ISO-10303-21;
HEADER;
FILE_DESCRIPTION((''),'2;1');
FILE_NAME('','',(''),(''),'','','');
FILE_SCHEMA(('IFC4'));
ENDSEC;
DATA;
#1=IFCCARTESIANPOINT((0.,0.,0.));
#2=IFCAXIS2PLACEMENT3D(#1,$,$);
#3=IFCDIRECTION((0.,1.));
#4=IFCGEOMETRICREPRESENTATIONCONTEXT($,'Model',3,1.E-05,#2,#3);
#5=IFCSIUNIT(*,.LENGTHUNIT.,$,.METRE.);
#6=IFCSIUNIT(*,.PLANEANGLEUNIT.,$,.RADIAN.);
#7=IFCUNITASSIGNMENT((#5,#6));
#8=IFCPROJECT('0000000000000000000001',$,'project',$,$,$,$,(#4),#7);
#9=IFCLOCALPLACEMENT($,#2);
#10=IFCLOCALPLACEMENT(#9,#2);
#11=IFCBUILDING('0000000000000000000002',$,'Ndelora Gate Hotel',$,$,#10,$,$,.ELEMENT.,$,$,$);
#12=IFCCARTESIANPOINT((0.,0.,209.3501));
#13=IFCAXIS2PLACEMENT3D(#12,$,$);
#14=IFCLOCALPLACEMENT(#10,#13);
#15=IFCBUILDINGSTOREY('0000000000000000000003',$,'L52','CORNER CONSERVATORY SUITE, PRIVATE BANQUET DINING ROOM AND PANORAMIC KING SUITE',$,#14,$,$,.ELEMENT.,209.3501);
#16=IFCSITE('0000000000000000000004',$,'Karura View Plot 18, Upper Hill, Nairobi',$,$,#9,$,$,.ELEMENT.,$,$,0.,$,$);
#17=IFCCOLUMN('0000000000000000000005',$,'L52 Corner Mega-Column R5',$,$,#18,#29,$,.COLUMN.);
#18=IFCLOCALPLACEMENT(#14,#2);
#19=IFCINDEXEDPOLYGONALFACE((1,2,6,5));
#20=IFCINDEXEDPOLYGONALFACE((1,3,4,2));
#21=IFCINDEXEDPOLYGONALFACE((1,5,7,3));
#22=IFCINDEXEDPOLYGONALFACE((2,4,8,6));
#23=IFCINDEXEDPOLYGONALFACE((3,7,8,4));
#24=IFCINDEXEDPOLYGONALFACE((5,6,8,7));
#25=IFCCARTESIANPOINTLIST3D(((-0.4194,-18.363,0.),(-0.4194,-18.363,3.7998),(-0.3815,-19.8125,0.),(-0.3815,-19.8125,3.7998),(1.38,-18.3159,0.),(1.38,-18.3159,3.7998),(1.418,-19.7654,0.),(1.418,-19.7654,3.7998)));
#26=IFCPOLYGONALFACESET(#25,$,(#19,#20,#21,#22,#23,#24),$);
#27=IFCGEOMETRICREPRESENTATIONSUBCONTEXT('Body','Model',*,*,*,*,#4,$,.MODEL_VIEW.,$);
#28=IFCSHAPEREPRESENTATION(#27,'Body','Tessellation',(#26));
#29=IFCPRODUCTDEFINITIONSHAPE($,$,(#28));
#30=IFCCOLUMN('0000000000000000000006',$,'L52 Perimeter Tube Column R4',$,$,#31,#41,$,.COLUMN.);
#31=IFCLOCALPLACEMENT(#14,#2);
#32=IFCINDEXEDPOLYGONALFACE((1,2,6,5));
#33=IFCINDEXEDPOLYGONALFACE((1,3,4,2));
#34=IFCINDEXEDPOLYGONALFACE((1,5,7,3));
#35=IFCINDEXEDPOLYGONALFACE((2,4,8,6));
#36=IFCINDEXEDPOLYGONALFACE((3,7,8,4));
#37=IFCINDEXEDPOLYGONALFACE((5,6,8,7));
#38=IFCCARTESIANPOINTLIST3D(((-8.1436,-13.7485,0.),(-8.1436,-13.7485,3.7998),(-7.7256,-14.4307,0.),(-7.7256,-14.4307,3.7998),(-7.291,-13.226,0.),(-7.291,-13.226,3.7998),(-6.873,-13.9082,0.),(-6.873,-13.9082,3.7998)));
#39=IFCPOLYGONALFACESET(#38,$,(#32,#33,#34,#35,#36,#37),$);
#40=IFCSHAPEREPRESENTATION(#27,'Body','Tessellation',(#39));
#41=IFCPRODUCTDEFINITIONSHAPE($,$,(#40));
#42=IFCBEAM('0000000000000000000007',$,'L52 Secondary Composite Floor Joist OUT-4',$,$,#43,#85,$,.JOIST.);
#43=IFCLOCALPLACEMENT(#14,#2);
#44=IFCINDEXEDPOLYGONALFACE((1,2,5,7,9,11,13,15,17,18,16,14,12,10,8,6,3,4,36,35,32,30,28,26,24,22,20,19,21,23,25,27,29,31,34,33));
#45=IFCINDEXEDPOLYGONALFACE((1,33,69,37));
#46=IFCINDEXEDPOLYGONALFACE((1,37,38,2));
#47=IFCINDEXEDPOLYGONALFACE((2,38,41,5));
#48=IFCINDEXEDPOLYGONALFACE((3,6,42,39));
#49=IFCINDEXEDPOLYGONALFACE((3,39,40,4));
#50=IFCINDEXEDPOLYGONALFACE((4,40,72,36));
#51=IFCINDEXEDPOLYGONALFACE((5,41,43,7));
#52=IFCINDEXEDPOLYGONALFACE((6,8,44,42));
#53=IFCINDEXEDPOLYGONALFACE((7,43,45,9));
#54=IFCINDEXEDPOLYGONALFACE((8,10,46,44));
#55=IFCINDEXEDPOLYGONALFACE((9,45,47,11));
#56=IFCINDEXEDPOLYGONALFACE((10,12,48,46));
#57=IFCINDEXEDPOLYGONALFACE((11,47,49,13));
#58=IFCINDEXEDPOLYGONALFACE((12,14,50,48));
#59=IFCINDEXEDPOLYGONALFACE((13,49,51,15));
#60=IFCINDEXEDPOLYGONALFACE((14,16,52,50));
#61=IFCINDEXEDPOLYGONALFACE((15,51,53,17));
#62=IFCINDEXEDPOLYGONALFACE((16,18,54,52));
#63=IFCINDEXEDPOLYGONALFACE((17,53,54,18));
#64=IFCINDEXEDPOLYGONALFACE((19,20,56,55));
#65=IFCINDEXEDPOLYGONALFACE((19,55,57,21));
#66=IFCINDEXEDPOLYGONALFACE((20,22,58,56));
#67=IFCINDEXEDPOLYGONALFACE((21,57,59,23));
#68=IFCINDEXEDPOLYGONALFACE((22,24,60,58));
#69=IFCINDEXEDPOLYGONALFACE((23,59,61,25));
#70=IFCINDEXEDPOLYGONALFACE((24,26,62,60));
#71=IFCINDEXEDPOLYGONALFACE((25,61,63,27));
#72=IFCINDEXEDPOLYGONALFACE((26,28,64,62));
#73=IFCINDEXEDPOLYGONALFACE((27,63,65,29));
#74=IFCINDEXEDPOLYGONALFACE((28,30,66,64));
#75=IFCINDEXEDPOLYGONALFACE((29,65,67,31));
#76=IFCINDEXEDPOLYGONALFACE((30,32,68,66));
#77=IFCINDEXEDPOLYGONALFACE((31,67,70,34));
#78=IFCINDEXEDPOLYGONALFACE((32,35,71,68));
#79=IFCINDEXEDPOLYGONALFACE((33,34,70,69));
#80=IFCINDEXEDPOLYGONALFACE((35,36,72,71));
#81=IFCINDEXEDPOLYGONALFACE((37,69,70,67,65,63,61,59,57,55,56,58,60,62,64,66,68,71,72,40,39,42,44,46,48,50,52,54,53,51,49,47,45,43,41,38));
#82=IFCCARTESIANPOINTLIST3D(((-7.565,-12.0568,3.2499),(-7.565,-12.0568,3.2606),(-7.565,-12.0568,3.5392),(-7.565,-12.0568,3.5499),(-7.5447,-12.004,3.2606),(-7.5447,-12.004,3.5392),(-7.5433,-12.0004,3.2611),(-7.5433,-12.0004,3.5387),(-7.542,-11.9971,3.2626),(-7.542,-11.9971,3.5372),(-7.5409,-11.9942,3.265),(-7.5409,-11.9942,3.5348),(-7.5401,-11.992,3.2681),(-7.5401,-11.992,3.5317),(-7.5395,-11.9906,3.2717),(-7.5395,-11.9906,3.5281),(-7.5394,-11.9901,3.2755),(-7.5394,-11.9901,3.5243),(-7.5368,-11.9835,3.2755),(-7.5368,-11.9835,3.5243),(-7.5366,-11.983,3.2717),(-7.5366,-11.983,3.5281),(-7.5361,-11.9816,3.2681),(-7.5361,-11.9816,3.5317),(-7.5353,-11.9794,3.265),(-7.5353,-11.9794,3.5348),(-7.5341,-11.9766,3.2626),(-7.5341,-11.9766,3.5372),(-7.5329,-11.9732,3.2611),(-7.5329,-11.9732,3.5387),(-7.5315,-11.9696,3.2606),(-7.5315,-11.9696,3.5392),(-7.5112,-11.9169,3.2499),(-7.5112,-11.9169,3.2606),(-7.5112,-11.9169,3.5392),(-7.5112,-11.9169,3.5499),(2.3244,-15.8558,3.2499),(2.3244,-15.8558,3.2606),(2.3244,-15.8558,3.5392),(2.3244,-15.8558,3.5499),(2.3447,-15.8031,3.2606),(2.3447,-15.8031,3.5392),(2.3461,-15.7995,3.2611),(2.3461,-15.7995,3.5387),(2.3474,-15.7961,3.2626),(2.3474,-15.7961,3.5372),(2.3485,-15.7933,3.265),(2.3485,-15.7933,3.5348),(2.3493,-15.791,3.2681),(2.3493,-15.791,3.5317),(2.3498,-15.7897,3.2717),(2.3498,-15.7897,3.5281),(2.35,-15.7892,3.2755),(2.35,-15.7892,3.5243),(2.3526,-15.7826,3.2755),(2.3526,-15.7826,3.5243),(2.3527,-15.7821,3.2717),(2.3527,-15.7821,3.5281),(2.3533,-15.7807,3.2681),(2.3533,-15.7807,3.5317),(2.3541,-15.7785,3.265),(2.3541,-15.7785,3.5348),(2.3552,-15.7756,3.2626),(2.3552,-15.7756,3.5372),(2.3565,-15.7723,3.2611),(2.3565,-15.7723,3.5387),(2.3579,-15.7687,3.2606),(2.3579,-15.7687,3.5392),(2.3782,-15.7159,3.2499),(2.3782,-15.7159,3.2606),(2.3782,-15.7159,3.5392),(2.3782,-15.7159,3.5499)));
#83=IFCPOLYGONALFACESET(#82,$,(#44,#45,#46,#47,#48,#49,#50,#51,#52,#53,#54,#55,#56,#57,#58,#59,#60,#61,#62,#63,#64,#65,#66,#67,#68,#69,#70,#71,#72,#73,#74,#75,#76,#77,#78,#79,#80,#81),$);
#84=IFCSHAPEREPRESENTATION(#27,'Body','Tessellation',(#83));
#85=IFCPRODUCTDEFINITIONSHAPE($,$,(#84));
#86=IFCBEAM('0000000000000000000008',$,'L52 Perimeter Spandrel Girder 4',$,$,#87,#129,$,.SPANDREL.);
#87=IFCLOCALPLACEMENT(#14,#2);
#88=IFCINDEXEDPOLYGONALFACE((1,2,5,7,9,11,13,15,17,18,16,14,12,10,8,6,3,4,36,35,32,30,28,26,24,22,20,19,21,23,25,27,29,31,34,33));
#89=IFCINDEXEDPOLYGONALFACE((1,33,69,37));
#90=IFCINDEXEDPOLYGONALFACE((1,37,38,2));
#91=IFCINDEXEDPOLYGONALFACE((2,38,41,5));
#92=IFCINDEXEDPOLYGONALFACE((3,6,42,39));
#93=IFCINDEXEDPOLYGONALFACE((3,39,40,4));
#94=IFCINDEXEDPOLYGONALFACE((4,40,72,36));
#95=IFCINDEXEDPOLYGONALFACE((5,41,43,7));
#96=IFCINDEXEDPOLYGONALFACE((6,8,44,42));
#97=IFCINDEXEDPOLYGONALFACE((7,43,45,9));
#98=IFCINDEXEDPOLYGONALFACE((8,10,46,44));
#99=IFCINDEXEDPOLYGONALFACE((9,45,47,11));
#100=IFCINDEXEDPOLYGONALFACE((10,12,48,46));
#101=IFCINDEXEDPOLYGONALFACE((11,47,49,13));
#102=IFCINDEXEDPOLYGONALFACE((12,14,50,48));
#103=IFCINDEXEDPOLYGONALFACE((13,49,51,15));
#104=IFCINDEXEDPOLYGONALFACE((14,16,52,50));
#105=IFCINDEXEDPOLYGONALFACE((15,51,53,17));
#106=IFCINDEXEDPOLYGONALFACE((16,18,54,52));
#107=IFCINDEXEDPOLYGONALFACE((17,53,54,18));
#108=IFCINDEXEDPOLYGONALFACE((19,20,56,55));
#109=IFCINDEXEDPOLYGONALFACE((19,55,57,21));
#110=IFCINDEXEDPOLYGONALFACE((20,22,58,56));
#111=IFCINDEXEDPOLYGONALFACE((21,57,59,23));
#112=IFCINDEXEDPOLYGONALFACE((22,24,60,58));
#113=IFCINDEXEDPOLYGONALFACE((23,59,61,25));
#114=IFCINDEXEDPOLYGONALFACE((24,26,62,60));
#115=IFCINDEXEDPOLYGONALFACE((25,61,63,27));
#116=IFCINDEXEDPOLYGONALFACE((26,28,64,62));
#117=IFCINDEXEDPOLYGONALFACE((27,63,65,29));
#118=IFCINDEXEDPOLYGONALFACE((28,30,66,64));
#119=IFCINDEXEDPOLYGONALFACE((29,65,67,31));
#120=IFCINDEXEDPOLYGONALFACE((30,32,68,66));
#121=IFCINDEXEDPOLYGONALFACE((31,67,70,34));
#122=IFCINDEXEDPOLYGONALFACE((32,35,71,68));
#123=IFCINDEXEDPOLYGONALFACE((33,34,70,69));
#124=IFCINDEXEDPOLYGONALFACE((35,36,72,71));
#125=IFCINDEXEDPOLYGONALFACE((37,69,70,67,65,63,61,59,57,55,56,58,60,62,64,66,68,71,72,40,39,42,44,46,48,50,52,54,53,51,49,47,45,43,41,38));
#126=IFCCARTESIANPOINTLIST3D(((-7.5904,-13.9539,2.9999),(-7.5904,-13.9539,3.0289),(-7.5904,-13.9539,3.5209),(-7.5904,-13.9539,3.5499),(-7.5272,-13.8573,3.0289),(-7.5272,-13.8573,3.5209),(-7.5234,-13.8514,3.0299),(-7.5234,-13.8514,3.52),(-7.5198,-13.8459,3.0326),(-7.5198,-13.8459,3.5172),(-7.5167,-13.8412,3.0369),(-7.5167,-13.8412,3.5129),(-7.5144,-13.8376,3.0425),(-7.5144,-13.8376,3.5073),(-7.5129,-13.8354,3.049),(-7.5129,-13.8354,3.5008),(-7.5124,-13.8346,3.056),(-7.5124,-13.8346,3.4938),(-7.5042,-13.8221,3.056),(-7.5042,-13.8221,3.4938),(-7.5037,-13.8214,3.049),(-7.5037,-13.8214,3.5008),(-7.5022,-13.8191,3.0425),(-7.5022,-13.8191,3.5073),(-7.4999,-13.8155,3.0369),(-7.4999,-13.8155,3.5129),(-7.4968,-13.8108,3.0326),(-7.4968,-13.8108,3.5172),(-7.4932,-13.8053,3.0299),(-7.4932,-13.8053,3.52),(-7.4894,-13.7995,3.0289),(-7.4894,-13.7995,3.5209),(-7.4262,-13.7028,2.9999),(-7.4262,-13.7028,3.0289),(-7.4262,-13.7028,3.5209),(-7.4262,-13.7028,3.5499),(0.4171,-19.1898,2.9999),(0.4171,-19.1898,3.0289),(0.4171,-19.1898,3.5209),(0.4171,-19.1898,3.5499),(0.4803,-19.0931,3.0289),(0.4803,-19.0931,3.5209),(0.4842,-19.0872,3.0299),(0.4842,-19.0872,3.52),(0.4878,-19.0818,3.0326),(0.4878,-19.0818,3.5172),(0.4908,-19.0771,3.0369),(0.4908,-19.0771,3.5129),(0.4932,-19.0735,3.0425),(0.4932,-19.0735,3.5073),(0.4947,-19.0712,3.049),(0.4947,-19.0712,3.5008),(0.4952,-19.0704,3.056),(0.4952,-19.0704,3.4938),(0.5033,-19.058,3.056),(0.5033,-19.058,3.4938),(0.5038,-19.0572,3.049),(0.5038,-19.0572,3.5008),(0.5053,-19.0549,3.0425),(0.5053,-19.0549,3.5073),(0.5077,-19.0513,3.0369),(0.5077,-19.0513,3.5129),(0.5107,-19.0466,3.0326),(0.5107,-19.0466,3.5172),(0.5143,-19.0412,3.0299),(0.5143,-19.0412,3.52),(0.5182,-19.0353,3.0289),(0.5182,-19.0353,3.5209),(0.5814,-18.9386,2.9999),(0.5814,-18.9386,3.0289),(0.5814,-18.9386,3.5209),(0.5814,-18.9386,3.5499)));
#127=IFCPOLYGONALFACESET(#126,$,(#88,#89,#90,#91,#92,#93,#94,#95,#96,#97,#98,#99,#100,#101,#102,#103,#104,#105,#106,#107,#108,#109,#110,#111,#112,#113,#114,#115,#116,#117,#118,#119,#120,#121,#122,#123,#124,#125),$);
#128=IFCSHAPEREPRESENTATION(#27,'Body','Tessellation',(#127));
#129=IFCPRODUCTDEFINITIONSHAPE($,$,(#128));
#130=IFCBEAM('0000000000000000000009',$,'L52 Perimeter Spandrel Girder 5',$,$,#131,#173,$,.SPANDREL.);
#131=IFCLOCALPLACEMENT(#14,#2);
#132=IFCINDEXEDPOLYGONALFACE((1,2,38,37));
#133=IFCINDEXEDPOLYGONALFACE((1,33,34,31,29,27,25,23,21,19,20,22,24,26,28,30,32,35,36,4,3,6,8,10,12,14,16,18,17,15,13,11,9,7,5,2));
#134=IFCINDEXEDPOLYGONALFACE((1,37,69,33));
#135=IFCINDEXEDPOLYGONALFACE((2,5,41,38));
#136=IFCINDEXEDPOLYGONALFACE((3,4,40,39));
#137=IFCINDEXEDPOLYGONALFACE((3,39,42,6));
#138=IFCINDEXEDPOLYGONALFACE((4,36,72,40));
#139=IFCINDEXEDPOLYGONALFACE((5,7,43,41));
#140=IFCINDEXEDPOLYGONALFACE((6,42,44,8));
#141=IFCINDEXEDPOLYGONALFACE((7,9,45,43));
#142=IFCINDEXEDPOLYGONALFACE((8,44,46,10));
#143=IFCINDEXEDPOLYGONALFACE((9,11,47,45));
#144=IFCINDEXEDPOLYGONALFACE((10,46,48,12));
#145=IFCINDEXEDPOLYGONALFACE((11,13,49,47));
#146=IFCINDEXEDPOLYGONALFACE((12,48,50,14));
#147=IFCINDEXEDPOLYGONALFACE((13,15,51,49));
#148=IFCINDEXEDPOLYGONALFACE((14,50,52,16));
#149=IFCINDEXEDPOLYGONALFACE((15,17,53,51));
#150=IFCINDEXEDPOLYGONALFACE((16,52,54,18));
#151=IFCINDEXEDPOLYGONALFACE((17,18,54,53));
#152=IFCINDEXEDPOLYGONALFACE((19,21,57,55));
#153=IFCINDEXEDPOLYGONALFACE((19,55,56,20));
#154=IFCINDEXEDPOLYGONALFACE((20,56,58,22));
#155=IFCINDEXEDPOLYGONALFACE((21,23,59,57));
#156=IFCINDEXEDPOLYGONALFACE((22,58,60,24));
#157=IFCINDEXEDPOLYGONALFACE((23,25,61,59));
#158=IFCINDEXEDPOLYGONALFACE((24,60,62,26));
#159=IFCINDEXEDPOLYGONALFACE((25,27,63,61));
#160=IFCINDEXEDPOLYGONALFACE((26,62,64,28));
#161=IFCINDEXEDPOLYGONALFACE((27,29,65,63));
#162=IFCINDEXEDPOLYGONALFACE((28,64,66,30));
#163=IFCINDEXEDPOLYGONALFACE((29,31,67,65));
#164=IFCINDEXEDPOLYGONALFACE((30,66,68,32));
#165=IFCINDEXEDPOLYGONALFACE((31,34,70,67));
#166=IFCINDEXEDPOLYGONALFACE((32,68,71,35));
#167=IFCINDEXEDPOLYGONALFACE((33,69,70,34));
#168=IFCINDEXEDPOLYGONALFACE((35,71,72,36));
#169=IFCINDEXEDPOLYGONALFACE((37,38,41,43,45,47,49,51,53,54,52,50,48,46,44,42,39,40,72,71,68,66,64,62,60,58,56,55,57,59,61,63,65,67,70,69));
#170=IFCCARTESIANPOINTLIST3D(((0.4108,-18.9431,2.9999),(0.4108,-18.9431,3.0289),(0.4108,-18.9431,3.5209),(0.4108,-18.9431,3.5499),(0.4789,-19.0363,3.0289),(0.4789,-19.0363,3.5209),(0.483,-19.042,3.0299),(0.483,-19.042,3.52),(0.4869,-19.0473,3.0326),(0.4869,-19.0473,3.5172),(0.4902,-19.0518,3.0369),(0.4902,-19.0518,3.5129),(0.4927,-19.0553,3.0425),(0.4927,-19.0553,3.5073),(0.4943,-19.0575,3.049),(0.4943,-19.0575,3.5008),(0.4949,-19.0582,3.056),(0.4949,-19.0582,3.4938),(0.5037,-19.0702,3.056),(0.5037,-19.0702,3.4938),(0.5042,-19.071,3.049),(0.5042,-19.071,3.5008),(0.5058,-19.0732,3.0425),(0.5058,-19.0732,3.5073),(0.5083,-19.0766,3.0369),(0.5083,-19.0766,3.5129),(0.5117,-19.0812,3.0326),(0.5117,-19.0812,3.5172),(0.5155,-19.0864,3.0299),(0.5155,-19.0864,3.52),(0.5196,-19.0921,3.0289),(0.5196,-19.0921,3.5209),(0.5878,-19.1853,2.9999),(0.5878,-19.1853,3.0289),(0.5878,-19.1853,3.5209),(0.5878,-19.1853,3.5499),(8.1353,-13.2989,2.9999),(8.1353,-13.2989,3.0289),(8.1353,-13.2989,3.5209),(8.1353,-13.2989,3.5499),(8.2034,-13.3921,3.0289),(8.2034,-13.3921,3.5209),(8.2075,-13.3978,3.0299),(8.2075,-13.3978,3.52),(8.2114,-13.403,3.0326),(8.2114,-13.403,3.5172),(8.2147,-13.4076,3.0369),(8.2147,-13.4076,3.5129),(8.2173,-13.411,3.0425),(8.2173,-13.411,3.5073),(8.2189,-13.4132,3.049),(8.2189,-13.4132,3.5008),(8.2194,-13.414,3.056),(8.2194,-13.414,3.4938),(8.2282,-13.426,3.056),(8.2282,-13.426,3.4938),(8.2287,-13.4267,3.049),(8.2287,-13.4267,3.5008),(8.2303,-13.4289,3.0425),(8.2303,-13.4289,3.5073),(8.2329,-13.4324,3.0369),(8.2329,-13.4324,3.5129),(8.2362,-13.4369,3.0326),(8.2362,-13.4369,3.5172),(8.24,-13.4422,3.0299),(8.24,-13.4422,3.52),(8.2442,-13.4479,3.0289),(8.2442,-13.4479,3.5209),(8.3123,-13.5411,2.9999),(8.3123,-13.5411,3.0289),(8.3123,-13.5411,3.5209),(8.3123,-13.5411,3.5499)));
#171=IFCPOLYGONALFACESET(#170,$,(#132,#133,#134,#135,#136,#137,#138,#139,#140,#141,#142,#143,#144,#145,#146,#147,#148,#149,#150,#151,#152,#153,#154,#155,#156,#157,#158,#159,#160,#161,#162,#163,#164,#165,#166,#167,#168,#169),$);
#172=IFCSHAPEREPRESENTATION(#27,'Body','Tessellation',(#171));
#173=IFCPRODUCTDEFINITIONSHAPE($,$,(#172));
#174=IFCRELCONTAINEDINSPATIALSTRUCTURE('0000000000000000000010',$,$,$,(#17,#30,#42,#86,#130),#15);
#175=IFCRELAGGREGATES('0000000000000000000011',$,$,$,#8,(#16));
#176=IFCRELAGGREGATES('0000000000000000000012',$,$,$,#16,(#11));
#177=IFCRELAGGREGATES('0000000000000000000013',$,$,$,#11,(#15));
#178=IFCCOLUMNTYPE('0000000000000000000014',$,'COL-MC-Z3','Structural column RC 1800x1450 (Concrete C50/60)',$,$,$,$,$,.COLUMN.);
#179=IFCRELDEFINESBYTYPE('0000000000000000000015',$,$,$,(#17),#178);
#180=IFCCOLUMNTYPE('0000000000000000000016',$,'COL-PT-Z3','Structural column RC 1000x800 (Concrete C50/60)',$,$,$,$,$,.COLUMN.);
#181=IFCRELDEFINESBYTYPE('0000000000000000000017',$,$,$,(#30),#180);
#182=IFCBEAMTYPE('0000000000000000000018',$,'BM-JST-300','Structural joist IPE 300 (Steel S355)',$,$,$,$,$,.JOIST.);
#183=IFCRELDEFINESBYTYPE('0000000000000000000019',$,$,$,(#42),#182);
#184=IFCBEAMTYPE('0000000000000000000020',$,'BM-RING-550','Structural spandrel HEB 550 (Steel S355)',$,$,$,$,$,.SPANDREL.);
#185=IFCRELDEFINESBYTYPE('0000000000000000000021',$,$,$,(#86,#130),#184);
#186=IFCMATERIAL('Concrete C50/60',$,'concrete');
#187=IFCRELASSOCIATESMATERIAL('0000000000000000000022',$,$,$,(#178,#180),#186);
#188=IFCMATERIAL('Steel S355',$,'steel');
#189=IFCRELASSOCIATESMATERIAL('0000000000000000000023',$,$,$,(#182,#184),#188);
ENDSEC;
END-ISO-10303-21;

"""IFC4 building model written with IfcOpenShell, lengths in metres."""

from ifc_helpers import new_model, si_unit, direction, frame, origin, origin_2d, place, context, subcontext, project, spatial, rectangle, i_section, extrude, material, material_profile, profile_set, type_object, element, save


model = new_model("IFC4")

# Units and contexts
model_context = context("Model", 3, precision=1e-05, world=origin(), true_north=direction((0.0, 1.0)))
body_context = subcontext(model_context, "Body", "Model", "MODEL_VIEW")
ifc_project = project(units=[si_unit("LENGTHUNIT", "METRE"), si_unit("PLANEANGLEUNIT", "RADIAN")], contexts=[model_context])

# Site, building, storey
site_placement = place(None, origin())
site = spatial("IfcSite", under=ifc_project, at=site_placement, Name="Karura View Plot 18, Upper Hill, Nairobi", CompositionType="ELEMENT", RefElevation=0.0)
building_placement = place(site_placement, origin())
building = spatial("IfcBuilding", under=site, at=building_placement, Name="Ndelora Gate Hotel", CompositionType="ELEMENT")
storey_placement = place(building_placement, frame((0.0, 0.0, 209.3501)))
storey = spatial("IfcBuildingStorey", under=building, at=storey_placement, Name="L52", Description="CORNER CONSERVATORY SUITE, PRIVATE BANQUET DINING ROOM AND PANORAMIC KING SUITE", CompositionType="ELEMENT", Elevation=209.3501)

# Columns
ifc_material_1 = material(Name="Concrete C50/60", Category="concrete")
ifc_material_profile_1 = material_profile(ifc_material_1, rectangle(XDim=1.45, YDim=1.8, at=origin_2d()), Name="RC 1800x1450")
ifc_profile_set_1 = profile_set([ifc_material_profile_1], Name="Concrete C50/60")
column_type_1 = type_object("IfcColumnType", Name="COL-MC-Z3", Description="Structural column RC 1800x1450 (Concrete C50/60)", PredefinedType="COLUMN", material=ifc_profile_set_1)
column_1_placement = place(storey_placement, frame((0.4993, -19.0642, 0.0), z_axis=(0.0, 0.0, 1.0), x_axis=(-0.026177, 0.999657, 0.0)))
element("IfcColumn", 1, at=column_1_placement, inside=storey, type_object=column_type_1, Name="L52 Corner Mega-Column R5", PredefinedType="COLUMN", context=body_context, shape_type="SweptSolid", body=[
    extrude(rectangle(XDim=1.45, YDim=1.8, at=origin_2d()), origin(), (0.0, 0.0, 1.0), 3.7998),
])
ifc_material_profile_2 = material_profile(ifc_material_1, rectangle(XDim=0.8, YDim=1.0, at=origin_2d()), Name="RC 1000x800")
ifc_profile_set_2 = profile_set([ifc_material_profile_2], Name="Concrete C50/60")
column_type_2 = type_object("IfcColumnType", Name="COL-PT-Z3", Description="Structural column RC 1000x800 (Concrete C50/60)", PredefinedType="COLUMN", material=ifc_profile_set_2)
column_2_placement = place(storey_placement, frame((-7.5083, -13.8284, 0.0), z_axis=(0.0, 0.0, 1.0), x_axis=(-0.522499, 0.85264, 0.0)))
element("IfcColumn", 2, at=column_2_placement, inside=storey, type_object=column_type_2, Name="L52 Perimeter Tube Column R4", PredefinedType="COLUMN", context=body_context, shape_type="SweptSolid", body=[
    extrude(rectangle(XDim=0.8, YDim=1.0, at=origin_2d()), origin(), (0.0, 0.0, 1.0), 3.7998),
])

# Beams
ifc_material_2 = material(Name="Steel S355", Category="steel")
ifc_material_profile_3 = material_profile(ifc_material_2, i_section(OverallWidth=0.1499, OverallDepth=0.3, WebThickness=0.0071, FlangeThickness=0.0107, FilletRadius=0.0149, at=origin_2d()), Name="IPE 300")
ifc_profile_set_3 = profile_set([ifc_material_profile_3], Name="Steel S355")
beam_type_1 = type_object("IfcBeamType", Name="BM-JST-300", Description="Structural joist IPE 300 (Steel S355)", PredefinedType="JOIST", material=ifc_profile_set_3)
beam_1_placement = place(storey_placement, frame((-7.5381, -11.9868, 3.3999), z_axis=(0.933489, -0.358605, 0.0), x_axis=(0.358605, 0.933489, 0.0)))
element("IfcBeam", 3, at=beam_1_placement, inside=storey, type_object=beam_type_1, Name="L52 Secondary Composite Floor Joist OUT-4", PredefinedType="JOIST", context=body_context, shape_type="SweptSolid", body=[
    extrude(i_section(OverallWidth=0.1499, OverallDepth=0.3, WebThickness=0.0071, FlangeThickness=0.0107, FilletRadius=0.0149, at=origin_2d()), origin(), (0.0, 0.0, 1.0), 10.594),
])
ifc_material_profile_4 = material_profile(ifc_material_2, i_section(OverallWidth=0.3, OverallDepth=0.55, WebThickness=0.0149, FlangeThickness=0.0291, FilletRadius=0.0271, at=origin_2d()), Name="HEB 550")
ifc_profile_set_4 = profile_set([ifc_material_profile_4], Name="Steel S355")
beam_type_2 = type_object("IfcBeamType", Name="BM-RING-550", Description="Structural spandrel HEB 550 (Steel S355)", PredefinedType="SPANDREL", material=ifc_profile_set_4)
beam_2_placement = place(storey_placement, frame((-7.5083, -13.8284, 3.2749), z_axis=(0.836964, -0.547258, 0.0), x_axis=(0.547258, 0.836964, 0.0)))
element("IfcBeam", 4, at=beam_2_placement, inside=storey, type_object=beam_type_2, Name="L52 Perimeter Spandrel Girder 4", PredefinedType="SPANDREL", context=body_context, shape_type="SweptSolid", body=[
    extrude(i_section(OverallWidth=0.3, OverallDepth=0.55, WebThickness=0.0149, FlangeThickness=0.0291, FilletRadius=0.0271, at=origin_2d()), origin(), (0.0, 0.0, 1.0), 9.5674),
])
beam_3_placement = place(storey_placement, frame((0.4993, -19.0642, 3.2749), z_axis=(0.807422, 0.589974, 0.0), x_axis=(-0.589974, 0.807422, 0.0)))
element("IfcBeam", 5, at=beam_3_placement, inside=storey, type_object=beam_type_2, Name="L52 Perimeter Spandrel Girder 5", PredefinedType="SPANDREL", context=body_context, shape_type="SweptSolid", body=[
    extrude(i_section(OverallWidth=0.3, OverallDepth=0.55, WebThickness=0.0149, FlangeThickness=0.0291, FilletRadius=0.0271, at=origin_2d()), origin(), (0.0, 0.0, 1.0), 9.5669),
])

save(model, "model.ifc")
